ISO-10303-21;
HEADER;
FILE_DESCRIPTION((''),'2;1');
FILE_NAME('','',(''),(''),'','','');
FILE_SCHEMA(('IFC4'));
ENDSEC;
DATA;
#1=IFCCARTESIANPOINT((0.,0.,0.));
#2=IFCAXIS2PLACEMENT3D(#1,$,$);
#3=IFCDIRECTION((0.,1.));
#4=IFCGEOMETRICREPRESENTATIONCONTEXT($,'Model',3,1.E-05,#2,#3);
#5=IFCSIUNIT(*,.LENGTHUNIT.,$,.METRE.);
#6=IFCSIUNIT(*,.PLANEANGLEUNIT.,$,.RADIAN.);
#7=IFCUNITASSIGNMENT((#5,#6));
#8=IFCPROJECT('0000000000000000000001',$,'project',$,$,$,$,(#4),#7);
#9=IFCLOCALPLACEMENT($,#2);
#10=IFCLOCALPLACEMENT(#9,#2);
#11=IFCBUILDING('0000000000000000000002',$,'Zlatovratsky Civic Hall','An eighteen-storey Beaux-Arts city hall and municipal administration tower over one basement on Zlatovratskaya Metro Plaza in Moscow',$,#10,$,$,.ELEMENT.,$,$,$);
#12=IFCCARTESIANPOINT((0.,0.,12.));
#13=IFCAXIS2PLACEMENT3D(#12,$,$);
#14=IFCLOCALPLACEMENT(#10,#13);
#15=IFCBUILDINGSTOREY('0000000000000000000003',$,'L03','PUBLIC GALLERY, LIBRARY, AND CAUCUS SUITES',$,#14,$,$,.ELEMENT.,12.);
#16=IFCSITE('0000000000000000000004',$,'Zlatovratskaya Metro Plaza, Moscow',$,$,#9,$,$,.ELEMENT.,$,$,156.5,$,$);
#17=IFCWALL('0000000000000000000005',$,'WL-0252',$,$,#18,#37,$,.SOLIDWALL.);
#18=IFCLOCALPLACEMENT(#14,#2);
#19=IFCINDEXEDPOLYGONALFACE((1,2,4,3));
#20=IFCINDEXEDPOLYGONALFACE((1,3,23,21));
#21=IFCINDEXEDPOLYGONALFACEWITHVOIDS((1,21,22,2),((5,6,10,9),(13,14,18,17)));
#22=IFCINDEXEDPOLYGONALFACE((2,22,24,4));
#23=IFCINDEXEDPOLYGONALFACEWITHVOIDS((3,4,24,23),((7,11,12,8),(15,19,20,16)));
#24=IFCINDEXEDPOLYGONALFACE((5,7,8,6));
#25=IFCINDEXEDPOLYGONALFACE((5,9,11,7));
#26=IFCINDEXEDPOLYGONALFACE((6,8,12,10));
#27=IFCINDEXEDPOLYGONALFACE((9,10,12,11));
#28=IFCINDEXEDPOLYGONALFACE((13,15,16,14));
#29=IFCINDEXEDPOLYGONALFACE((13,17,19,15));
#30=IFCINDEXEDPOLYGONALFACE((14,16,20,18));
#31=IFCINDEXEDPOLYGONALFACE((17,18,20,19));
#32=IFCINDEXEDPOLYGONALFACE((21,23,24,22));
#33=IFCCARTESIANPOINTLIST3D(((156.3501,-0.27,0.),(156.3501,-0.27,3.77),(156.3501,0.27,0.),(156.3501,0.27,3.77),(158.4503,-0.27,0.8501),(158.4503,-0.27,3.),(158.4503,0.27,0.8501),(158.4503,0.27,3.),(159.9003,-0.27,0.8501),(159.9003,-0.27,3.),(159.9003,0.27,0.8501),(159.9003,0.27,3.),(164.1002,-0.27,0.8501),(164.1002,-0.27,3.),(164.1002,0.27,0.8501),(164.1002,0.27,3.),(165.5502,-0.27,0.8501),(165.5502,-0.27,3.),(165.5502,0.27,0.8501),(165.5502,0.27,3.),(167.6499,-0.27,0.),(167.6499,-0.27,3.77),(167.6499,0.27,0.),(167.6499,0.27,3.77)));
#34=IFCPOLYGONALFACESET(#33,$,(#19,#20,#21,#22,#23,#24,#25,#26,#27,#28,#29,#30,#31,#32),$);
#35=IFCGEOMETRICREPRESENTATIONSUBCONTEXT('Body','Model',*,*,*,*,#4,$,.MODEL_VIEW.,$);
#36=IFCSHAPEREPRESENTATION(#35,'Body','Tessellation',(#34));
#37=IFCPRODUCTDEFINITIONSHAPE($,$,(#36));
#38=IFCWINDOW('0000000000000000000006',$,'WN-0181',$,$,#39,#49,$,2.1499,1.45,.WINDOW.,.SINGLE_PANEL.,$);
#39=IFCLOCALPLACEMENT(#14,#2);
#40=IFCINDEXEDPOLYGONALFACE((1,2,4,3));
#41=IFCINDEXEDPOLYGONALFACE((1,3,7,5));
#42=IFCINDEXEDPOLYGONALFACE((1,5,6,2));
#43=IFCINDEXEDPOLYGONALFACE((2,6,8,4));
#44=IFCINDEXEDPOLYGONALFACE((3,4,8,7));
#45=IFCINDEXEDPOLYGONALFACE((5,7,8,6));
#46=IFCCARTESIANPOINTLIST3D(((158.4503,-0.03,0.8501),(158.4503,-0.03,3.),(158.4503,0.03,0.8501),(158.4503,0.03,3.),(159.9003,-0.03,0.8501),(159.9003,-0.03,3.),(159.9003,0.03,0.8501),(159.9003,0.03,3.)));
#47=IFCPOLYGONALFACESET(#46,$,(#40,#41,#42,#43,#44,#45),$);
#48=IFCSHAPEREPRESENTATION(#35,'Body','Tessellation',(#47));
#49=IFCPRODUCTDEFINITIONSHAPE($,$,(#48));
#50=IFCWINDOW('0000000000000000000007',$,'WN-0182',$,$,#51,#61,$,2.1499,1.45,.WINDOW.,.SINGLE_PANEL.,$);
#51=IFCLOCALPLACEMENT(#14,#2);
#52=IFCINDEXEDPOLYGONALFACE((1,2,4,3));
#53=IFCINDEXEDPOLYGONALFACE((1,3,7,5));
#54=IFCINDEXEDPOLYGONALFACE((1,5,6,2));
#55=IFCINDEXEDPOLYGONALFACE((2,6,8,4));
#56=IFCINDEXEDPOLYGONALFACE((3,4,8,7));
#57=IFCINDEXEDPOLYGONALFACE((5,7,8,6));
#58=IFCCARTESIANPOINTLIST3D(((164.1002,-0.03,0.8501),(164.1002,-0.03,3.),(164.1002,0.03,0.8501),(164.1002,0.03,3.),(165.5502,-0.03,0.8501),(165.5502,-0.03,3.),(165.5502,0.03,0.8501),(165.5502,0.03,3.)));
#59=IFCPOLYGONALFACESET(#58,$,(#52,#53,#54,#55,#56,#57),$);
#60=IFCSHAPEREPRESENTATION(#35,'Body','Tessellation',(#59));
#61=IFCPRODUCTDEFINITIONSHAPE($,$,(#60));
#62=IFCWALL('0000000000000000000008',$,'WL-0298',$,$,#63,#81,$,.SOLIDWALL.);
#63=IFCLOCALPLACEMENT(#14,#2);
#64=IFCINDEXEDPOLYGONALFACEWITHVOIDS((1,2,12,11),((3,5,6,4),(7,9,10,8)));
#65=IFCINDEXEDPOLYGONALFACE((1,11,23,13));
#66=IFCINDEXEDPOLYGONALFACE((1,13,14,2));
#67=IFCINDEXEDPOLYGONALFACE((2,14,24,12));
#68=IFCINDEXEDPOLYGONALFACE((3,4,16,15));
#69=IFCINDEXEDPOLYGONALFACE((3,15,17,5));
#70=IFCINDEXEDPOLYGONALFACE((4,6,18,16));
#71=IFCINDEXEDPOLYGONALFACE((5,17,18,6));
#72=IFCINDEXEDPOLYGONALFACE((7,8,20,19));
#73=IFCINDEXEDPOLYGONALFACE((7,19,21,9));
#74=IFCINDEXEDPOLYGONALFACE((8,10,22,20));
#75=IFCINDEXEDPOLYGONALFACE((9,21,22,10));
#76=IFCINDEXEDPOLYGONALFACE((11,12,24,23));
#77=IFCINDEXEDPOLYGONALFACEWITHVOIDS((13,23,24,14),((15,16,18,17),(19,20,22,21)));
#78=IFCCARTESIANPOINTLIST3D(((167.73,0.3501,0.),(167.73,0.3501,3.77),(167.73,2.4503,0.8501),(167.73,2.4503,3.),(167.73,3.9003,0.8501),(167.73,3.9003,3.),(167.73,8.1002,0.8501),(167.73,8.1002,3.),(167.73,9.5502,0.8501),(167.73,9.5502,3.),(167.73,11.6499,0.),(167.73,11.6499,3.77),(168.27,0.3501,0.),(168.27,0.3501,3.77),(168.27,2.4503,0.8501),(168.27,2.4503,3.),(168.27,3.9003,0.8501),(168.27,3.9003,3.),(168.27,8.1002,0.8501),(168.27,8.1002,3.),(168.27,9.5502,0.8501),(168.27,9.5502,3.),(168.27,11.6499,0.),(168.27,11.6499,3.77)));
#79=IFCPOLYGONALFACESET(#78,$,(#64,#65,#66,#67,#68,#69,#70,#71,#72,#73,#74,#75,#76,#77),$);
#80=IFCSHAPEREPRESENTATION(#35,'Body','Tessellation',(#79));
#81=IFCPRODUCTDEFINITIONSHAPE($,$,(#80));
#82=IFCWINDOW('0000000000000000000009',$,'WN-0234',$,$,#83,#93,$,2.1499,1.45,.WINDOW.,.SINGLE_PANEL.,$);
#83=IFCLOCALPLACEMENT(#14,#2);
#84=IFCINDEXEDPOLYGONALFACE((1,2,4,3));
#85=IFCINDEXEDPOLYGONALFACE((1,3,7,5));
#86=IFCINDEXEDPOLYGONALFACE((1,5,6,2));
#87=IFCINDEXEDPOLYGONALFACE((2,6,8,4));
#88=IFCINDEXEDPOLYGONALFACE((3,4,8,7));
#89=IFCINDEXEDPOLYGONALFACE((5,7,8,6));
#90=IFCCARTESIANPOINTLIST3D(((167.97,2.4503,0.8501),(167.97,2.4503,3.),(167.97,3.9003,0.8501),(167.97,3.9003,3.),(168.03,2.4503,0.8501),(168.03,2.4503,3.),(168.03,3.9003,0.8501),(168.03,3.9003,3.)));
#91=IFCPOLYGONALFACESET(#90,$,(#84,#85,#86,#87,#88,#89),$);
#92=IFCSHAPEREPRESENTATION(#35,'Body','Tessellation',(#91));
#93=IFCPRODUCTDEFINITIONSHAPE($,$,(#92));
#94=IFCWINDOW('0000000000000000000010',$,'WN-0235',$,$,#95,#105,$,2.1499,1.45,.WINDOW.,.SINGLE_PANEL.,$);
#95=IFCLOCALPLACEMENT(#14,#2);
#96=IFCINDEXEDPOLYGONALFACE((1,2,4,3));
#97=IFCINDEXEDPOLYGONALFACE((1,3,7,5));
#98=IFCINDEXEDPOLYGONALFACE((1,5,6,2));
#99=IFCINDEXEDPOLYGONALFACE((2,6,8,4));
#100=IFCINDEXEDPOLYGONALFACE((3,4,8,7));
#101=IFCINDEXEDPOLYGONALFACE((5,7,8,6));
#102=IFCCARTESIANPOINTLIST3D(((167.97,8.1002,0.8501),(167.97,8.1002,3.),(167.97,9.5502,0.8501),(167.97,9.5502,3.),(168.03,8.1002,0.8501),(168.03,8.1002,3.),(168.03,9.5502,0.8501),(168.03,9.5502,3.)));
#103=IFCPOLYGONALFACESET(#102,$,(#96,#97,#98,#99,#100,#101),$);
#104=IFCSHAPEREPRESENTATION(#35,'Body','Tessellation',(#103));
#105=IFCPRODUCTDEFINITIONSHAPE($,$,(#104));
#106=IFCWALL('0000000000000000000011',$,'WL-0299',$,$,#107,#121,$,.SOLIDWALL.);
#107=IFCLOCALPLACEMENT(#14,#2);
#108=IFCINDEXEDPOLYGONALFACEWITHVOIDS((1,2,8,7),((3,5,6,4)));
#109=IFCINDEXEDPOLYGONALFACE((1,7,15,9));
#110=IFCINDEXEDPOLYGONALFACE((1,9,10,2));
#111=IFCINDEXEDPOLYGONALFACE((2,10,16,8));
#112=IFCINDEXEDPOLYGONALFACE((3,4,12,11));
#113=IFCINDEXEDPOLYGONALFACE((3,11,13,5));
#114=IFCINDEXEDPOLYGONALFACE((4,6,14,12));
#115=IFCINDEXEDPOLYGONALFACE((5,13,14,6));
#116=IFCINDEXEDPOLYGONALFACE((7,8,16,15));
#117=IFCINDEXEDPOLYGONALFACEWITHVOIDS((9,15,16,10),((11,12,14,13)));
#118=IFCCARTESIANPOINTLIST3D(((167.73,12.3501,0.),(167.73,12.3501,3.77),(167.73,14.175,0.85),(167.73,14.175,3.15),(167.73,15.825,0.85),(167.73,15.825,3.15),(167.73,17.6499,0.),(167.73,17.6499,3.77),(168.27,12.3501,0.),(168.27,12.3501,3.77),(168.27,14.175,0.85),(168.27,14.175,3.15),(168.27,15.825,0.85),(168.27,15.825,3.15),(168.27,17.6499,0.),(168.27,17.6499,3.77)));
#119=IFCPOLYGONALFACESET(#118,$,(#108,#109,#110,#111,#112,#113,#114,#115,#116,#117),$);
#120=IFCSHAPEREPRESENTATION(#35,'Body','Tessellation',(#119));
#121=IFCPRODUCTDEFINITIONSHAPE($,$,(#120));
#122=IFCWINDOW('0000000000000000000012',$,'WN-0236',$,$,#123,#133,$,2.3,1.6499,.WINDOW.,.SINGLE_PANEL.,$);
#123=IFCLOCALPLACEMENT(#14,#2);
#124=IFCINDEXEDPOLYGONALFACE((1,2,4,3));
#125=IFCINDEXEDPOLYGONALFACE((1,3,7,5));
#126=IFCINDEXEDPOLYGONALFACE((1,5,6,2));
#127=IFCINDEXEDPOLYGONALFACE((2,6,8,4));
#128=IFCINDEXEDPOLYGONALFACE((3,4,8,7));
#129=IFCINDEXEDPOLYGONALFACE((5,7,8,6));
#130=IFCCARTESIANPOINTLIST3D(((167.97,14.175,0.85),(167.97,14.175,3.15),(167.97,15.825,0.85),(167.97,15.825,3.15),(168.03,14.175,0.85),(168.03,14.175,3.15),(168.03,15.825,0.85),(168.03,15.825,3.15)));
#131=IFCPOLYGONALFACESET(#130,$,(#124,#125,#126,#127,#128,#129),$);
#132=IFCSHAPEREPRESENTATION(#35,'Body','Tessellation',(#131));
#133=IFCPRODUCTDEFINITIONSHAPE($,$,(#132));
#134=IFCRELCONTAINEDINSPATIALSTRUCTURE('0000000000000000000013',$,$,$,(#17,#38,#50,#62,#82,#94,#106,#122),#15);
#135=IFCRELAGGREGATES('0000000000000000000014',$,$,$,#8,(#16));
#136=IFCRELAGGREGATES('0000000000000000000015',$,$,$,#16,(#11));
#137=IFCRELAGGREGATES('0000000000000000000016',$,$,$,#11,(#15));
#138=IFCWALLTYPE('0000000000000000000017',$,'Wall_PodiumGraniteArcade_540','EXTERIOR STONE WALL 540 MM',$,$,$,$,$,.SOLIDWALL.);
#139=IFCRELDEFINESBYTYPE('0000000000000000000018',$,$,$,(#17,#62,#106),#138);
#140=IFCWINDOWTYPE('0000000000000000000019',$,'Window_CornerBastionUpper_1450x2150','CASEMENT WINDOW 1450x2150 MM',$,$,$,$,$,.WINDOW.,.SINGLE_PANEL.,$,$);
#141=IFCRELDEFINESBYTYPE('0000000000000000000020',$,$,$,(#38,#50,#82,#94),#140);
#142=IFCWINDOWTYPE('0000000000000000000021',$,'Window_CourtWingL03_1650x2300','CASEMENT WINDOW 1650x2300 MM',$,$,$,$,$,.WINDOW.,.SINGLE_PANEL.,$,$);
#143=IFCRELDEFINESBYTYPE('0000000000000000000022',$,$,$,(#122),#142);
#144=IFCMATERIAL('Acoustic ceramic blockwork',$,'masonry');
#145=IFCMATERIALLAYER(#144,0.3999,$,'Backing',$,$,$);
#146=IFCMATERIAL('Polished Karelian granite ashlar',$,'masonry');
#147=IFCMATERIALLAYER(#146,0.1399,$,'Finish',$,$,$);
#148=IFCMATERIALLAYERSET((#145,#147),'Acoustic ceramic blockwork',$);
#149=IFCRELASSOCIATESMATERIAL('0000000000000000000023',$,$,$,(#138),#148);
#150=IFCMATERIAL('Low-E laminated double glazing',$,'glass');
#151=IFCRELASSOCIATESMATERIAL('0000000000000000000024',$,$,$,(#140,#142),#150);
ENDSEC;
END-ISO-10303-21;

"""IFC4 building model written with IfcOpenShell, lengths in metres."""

from ifc_helpers import new_model, si_unit, direction, frame, frame_2d, origin, place, context, subcontext, project, spatial, rectangle, extrude, material, layer, layer_set, type_object, element, fill, save


model = new_model("IFC4")

# Units and contexts
model_context = context("Model", 3, precision=1e-05, world=origin(), true_north=direction((0.0, 1.0)))
body_context = subcontext(model_context, "Body", "Model", "MODEL_VIEW")
ifc_project = project(units=[si_unit("LENGTHUNIT", "METRE"), si_unit("PLANEANGLEUNIT", "RADIAN")], contexts=[model_context])

# Site, building, storey
site_placement = place(None, origin())
site = spatial("IfcSite", under=ifc_project, at=site_placement, Name="Zlatovratskaya Metro Plaza, Moscow", CompositionType="ELEMENT", RefElevation=156.5)
building_placement = place(site_placement, origin())
building = spatial("IfcBuilding", under=site, at=building_placement, Name="Zlatovratsky Civic Hall", Description="An eighteen-storey Beaux-Arts city hall and municipal administration tower over one basement on Zlatovratskaya Metro Plaza in Moscow", CompositionType="ELEMENT")
storey_placement = place(building_placement, frame((0.0, 0.0, 12.0)))
storey = spatial("IfcBuildingStorey", under=building, at=storey_placement, Name="L03", Description="PUBLIC GALLERY, LIBRARY, AND CAUCUS SUITES", CompositionType="ELEMENT", Elevation=12.0)

# Walls, openings, windows
ifc_material_1 = material(Name="Acoustic ceramic blockwork", Category="masonry")
ifc_layer_1 = layer(ifc_material_1, 0.3999, Name="Backing")
ifc_material_2 = material(Name="Polished Karelian granite ashlar", Category="masonry")
ifc_layer_2 = layer(ifc_material_2, 0.1399, Name="Finish")
ifc_layer_set = layer_set([ifc_layer_1, ifc_layer_2], Name="Acoustic ceramic blockwork")
wall_type = type_object("IfcWallType", Name="Wall_PodiumGraniteArcade_540", Description="EXTERIOR STONE WALL 540 MM", PredefinedType="SOLIDWALL", material=ifc_layer_set)
wall_1_placement = place(storey_placement, frame((156.3501, 0.0, 0.0), z_axis=(0.0, 0.0, 1.0), x_axis=(1.0, 0.0, 0.0)))
wall_1 = element("IfcWall", 1, at=wall_1_placement, inside=storey, type_object=wall_type, Name="WL-0252", PredefinedType="SOLIDWALL", context=body_context, shape_type="SweptSolid", body=[
    extrude(rectangle(XDim=11.2998, YDim=0.54, at=frame_2d((5.6499, 0.0))), origin(), (0.0, 0.0, 1.0), 3.77),
])
opening_1_placement = place(wall_1_placement, frame((2.1001, 0.0, 0.8501)))
opening_1 = element("IfcOpeningElement", 2, at=opening_1_placement, cuts=wall_1, PredefinedType="OPENING", context=body_context, shape_type="SweptSolid", body=[
    extrude(rectangle(XDim=1.45, YDim=2.1499, at=frame_2d((0.7251, 1.075))), frame((0.0, 0.2849, 0.0), z_axis=(0.0, -1.0, 0.0), x_axis=(1.0, 0.0, 0.0)), (0.0, 0.0, 1.0), 0.5698),
])
opening_2_placement = place(wall_1_placement, frame((7.75, 0.0, 0.8501)))
opening_2 = element("IfcOpeningElement", 3, at=opening_2_placement, cuts=wall_1, PredefinedType="OPENING", context=body_context, shape_type="SweptSolid", body=[
    extrude(rectangle(XDim=1.45, YDim=2.1499, at=frame_2d((0.7251, 1.075))), frame((0.0, 0.2849, 0.0), z_axis=(0.0, -1.0, 0.0), x_axis=(1.0, 0.0, 0.0)), (0.0, 0.0, 1.0), 0.5698),
])
ifc_material_3 = material(Name="Low-E laminated double glazing", Category="glass")
window_type_1 = type_object("IfcWindowType", Name="Window_CornerBastionUpper_1450x2150", Description="CASEMENT WINDOW 1450x2150 MM", PartitioningType="SINGLE_PANEL", PredefinedType="WINDOW", material=ifc_material_3)
window_1_placement = place(opening_1_placement, origin())
window_1 = element("IfcWindow", 4, at=window_1_placement, inside=storey, type_object=window_type_1, Name="WN-0181", OverallHeight=2.1499, OverallWidth=1.45, PartitioningType="SINGLE_PANEL", PredefinedType="WINDOW", context=body_context, shape_type="SweptSolid", body=[
    extrude(rectangle(XDim=1.45, YDim=2.1499, at=frame_2d((0.7251, 1.075))), frame((0.0, 0.03, 0.0), z_axis=(0.0, -1.0, 0.0), x_axis=(1.0, 0.0, 0.0)), (0.0, 0.0, 1.0), 0.0601),
])
fill(opening_1, window_1)
window_2_placement = place(opening_2_placement, origin())
window_2 = element("IfcWindow", 5, at=window_2_placement, inside=storey, type_object=window_type_1, Name="WN-0182", OverallHeight=2.1499, OverallWidth=1.45, PartitioningType="SINGLE_PANEL", PredefinedType="WINDOW", context=body_context, shape_type="SweptSolid", body=[
    extrude(rectangle(XDim=1.45, YDim=2.1499, at=frame_2d((0.7251, 1.075))), frame((0.0, 0.03, 0.0), z_axis=(0.0, -1.0, 0.0), x_axis=(1.0, 0.0, 0.0)), (0.0, 0.0, 1.0), 0.0601),
])
fill(opening_2, window_2)
wall_2_placement = place(storey_placement, frame((168.0, 0.3501, 0.0), z_axis=(0.0, 0.0, 1.0), x_axis=(0.0, 1.0, 0.0)))
wall_2 = element("IfcWall", 6, at=wall_2_placement, inside=storey, type_object=wall_type, Name="WL-0298", PredefinedType="SOLIDWALL", context=body_context, shape_type="SweptSolid", body=[
    extrude(rectangle(XDim=11.2998, YDim=0.54, at=frame_2d((5.6499, 0.0))), origin(), (0.0, 0.0, 1.0), 3.77),
])
opening_3_placement = place(wall_2_placement, frame((2.1001, 0.0, 0.8501)))
opening_3 = element("IfcOpeningElement", 7, at=opening_3_placement, cuts=wall_2, PredefinedType="OPENING", context=body_context, shape_type="SweptSolid", body=[
    extrude(rectangle(XDim=1.45, YDim=2.1499, at=frame_2d((0.7251, 1.075))), frame((0.0, 0.2849, 0.0), z_axis=(0.0, -1.0, 0.0), x_axis=(1.0, 0.0, 0.0)), (0.0, 0.0, 1.0), 0.5698),
])
opening_4_placement = place(wall_2_placement, frame((7.75, 0.0, 0.8501)))
opening_4 = element("IfcOpeningElement", 8, at=opening_4_placement, cuts=wall_2, PredefinedType="OPENING", context=body_context, shape_type="SweptSolid", body=[
    extrude(rectangle(XDim=1.45, YDim=2.1499, at=frame_2d((0.7251, 1.075))), frame((0.0, 0.2849, 0.0), z_axis=(0.0, -1.0, 0.0), x_axis=(1.0, 0.0, 0.0)), (0.0, 0.0, 1.0), 0.5698),
])
window_3_placement = place(opening_3_placement, origin())
window_3 = element("IfcWindow", 9, at=window_3_placement, inside=storey, type_object=window_type_1, Name="WN-0234", OverallHeight=2.1499, OverallWidth=1.45, PartitioningType="SINGLE_PANEL", PredefinedType="WINDOW", context=body_context, shape_type="SweptSolid", body=[
    extrude(rectangle(XDim=1.45, YDim=2.1499, at=frame_2d((0.7251, 1.075))), frame((0.0, 0.03, 0.0), z_axis=(0.0, -1.0, 0.0), x_axis=(1.0, 0.0, 0.0)), (0.0, 0.0, 1.0), 0.0601),
])
fill(opening_3, window_3)
window_4_placement = place(opening_4_placement, origin())
window_4 = element("IfcWindow", 10, at=window_4_placement, inside=storey, type_object=window_type_1, Name="WN-0235", OverallHeight=2.1499, OverallWidth=1.45, PartitioningType="SINGLE_PANEL", PredefinedType="WINDOW", context=body_context, shape_type="SweptSolid", body=[
    extrude(rectangle(XDim=1.45, YDim=2.1499, at=frame_2d((0.7251, 1.075))), frame((0.0, 0.03, 0.0), z_axis=(0.0, -1.0, 0.0), x_axis=(1.0, 0.0, 0.0)), (0.0, 0.0, 1.0), 0.0601),
])
fill(opening_4, window_4)

# Wall, opening, window
wall_3_placement = place(storey_placement, frame((168.0, 12.3501, 0.0), z_axis=(0.0, 0.0, 1.0), x_axis=(0.0, 1.0, 0.0)))
wall_3 = element("IfcWall", 11, at=wall_3_placement, inside=storey, type_object=wall_type, Name="WL-0299", PredefinedType="SOLIDWALL", context=body_context, shape_type="SweptSolid", body=[
    extrude(rectangle(XDim=5.2998, YDim=0.54, at=frame_2d((2.6499, 0.0))), origin(), (0.0, 0.0, 1.0), 3.77),
])
opening_5_placement = place(wall_3_placement, frame((1.825, 0.0, 0.8501)))
opening_5 = element("IfcOpeningElement", 12, at=opening_5_placement, cuts=wall_3, PredefinedType="OPENING", context=body_context, shape_type="SweptSolid", body=[
    extrude(rectangle(XDim=1.6499, YDim=2.3, at=frame_2d((0.825, 1.1499))), frame((0.0, 0.2849, 0.0), z_axis=(0.0, -1.0, 0.0), x_axis=(1.0, 0.0, 0.0)), (0.0, 0.0, 1.0), 0.5698),
])
window_type_2 = type_object("IfcWindowType", Name="Window_CourtWingL03_1650x2300", Description="CASEMENT WINDOW 1650x2300 MM", PartitioningType="SINGLE_PANEL", PredefinedType="WINDOW", material=ifc_material_3)
window_5_placement = place(opening_5_placement, origin())
window_5 = element("IfcWindow", 13, at=window_5_placement, inside=storey, type_object=window_type_2, Name="WN-0236", OverallHeight=2.3, OverallWidth=1.6499, PartitioningType="SINGLE_PANEL", PredefinedType="WINDOW", context=body_context, shape_type="SweptSolid", body=[
    extrude(rectangle(XDim=1.6499, YDim=2.3, at=frame_2d((0.825, 1.1499))), frame((0.0, 0.03, 0.0), z_axis=(0.0, -1.0, 0.0), x_axis=(1.0, 0.0, 0.0)), (0.0, 0.0, 1.0), 0.0601),
])
fill(opening_5, window_5)

save(model, "model.ifc")
